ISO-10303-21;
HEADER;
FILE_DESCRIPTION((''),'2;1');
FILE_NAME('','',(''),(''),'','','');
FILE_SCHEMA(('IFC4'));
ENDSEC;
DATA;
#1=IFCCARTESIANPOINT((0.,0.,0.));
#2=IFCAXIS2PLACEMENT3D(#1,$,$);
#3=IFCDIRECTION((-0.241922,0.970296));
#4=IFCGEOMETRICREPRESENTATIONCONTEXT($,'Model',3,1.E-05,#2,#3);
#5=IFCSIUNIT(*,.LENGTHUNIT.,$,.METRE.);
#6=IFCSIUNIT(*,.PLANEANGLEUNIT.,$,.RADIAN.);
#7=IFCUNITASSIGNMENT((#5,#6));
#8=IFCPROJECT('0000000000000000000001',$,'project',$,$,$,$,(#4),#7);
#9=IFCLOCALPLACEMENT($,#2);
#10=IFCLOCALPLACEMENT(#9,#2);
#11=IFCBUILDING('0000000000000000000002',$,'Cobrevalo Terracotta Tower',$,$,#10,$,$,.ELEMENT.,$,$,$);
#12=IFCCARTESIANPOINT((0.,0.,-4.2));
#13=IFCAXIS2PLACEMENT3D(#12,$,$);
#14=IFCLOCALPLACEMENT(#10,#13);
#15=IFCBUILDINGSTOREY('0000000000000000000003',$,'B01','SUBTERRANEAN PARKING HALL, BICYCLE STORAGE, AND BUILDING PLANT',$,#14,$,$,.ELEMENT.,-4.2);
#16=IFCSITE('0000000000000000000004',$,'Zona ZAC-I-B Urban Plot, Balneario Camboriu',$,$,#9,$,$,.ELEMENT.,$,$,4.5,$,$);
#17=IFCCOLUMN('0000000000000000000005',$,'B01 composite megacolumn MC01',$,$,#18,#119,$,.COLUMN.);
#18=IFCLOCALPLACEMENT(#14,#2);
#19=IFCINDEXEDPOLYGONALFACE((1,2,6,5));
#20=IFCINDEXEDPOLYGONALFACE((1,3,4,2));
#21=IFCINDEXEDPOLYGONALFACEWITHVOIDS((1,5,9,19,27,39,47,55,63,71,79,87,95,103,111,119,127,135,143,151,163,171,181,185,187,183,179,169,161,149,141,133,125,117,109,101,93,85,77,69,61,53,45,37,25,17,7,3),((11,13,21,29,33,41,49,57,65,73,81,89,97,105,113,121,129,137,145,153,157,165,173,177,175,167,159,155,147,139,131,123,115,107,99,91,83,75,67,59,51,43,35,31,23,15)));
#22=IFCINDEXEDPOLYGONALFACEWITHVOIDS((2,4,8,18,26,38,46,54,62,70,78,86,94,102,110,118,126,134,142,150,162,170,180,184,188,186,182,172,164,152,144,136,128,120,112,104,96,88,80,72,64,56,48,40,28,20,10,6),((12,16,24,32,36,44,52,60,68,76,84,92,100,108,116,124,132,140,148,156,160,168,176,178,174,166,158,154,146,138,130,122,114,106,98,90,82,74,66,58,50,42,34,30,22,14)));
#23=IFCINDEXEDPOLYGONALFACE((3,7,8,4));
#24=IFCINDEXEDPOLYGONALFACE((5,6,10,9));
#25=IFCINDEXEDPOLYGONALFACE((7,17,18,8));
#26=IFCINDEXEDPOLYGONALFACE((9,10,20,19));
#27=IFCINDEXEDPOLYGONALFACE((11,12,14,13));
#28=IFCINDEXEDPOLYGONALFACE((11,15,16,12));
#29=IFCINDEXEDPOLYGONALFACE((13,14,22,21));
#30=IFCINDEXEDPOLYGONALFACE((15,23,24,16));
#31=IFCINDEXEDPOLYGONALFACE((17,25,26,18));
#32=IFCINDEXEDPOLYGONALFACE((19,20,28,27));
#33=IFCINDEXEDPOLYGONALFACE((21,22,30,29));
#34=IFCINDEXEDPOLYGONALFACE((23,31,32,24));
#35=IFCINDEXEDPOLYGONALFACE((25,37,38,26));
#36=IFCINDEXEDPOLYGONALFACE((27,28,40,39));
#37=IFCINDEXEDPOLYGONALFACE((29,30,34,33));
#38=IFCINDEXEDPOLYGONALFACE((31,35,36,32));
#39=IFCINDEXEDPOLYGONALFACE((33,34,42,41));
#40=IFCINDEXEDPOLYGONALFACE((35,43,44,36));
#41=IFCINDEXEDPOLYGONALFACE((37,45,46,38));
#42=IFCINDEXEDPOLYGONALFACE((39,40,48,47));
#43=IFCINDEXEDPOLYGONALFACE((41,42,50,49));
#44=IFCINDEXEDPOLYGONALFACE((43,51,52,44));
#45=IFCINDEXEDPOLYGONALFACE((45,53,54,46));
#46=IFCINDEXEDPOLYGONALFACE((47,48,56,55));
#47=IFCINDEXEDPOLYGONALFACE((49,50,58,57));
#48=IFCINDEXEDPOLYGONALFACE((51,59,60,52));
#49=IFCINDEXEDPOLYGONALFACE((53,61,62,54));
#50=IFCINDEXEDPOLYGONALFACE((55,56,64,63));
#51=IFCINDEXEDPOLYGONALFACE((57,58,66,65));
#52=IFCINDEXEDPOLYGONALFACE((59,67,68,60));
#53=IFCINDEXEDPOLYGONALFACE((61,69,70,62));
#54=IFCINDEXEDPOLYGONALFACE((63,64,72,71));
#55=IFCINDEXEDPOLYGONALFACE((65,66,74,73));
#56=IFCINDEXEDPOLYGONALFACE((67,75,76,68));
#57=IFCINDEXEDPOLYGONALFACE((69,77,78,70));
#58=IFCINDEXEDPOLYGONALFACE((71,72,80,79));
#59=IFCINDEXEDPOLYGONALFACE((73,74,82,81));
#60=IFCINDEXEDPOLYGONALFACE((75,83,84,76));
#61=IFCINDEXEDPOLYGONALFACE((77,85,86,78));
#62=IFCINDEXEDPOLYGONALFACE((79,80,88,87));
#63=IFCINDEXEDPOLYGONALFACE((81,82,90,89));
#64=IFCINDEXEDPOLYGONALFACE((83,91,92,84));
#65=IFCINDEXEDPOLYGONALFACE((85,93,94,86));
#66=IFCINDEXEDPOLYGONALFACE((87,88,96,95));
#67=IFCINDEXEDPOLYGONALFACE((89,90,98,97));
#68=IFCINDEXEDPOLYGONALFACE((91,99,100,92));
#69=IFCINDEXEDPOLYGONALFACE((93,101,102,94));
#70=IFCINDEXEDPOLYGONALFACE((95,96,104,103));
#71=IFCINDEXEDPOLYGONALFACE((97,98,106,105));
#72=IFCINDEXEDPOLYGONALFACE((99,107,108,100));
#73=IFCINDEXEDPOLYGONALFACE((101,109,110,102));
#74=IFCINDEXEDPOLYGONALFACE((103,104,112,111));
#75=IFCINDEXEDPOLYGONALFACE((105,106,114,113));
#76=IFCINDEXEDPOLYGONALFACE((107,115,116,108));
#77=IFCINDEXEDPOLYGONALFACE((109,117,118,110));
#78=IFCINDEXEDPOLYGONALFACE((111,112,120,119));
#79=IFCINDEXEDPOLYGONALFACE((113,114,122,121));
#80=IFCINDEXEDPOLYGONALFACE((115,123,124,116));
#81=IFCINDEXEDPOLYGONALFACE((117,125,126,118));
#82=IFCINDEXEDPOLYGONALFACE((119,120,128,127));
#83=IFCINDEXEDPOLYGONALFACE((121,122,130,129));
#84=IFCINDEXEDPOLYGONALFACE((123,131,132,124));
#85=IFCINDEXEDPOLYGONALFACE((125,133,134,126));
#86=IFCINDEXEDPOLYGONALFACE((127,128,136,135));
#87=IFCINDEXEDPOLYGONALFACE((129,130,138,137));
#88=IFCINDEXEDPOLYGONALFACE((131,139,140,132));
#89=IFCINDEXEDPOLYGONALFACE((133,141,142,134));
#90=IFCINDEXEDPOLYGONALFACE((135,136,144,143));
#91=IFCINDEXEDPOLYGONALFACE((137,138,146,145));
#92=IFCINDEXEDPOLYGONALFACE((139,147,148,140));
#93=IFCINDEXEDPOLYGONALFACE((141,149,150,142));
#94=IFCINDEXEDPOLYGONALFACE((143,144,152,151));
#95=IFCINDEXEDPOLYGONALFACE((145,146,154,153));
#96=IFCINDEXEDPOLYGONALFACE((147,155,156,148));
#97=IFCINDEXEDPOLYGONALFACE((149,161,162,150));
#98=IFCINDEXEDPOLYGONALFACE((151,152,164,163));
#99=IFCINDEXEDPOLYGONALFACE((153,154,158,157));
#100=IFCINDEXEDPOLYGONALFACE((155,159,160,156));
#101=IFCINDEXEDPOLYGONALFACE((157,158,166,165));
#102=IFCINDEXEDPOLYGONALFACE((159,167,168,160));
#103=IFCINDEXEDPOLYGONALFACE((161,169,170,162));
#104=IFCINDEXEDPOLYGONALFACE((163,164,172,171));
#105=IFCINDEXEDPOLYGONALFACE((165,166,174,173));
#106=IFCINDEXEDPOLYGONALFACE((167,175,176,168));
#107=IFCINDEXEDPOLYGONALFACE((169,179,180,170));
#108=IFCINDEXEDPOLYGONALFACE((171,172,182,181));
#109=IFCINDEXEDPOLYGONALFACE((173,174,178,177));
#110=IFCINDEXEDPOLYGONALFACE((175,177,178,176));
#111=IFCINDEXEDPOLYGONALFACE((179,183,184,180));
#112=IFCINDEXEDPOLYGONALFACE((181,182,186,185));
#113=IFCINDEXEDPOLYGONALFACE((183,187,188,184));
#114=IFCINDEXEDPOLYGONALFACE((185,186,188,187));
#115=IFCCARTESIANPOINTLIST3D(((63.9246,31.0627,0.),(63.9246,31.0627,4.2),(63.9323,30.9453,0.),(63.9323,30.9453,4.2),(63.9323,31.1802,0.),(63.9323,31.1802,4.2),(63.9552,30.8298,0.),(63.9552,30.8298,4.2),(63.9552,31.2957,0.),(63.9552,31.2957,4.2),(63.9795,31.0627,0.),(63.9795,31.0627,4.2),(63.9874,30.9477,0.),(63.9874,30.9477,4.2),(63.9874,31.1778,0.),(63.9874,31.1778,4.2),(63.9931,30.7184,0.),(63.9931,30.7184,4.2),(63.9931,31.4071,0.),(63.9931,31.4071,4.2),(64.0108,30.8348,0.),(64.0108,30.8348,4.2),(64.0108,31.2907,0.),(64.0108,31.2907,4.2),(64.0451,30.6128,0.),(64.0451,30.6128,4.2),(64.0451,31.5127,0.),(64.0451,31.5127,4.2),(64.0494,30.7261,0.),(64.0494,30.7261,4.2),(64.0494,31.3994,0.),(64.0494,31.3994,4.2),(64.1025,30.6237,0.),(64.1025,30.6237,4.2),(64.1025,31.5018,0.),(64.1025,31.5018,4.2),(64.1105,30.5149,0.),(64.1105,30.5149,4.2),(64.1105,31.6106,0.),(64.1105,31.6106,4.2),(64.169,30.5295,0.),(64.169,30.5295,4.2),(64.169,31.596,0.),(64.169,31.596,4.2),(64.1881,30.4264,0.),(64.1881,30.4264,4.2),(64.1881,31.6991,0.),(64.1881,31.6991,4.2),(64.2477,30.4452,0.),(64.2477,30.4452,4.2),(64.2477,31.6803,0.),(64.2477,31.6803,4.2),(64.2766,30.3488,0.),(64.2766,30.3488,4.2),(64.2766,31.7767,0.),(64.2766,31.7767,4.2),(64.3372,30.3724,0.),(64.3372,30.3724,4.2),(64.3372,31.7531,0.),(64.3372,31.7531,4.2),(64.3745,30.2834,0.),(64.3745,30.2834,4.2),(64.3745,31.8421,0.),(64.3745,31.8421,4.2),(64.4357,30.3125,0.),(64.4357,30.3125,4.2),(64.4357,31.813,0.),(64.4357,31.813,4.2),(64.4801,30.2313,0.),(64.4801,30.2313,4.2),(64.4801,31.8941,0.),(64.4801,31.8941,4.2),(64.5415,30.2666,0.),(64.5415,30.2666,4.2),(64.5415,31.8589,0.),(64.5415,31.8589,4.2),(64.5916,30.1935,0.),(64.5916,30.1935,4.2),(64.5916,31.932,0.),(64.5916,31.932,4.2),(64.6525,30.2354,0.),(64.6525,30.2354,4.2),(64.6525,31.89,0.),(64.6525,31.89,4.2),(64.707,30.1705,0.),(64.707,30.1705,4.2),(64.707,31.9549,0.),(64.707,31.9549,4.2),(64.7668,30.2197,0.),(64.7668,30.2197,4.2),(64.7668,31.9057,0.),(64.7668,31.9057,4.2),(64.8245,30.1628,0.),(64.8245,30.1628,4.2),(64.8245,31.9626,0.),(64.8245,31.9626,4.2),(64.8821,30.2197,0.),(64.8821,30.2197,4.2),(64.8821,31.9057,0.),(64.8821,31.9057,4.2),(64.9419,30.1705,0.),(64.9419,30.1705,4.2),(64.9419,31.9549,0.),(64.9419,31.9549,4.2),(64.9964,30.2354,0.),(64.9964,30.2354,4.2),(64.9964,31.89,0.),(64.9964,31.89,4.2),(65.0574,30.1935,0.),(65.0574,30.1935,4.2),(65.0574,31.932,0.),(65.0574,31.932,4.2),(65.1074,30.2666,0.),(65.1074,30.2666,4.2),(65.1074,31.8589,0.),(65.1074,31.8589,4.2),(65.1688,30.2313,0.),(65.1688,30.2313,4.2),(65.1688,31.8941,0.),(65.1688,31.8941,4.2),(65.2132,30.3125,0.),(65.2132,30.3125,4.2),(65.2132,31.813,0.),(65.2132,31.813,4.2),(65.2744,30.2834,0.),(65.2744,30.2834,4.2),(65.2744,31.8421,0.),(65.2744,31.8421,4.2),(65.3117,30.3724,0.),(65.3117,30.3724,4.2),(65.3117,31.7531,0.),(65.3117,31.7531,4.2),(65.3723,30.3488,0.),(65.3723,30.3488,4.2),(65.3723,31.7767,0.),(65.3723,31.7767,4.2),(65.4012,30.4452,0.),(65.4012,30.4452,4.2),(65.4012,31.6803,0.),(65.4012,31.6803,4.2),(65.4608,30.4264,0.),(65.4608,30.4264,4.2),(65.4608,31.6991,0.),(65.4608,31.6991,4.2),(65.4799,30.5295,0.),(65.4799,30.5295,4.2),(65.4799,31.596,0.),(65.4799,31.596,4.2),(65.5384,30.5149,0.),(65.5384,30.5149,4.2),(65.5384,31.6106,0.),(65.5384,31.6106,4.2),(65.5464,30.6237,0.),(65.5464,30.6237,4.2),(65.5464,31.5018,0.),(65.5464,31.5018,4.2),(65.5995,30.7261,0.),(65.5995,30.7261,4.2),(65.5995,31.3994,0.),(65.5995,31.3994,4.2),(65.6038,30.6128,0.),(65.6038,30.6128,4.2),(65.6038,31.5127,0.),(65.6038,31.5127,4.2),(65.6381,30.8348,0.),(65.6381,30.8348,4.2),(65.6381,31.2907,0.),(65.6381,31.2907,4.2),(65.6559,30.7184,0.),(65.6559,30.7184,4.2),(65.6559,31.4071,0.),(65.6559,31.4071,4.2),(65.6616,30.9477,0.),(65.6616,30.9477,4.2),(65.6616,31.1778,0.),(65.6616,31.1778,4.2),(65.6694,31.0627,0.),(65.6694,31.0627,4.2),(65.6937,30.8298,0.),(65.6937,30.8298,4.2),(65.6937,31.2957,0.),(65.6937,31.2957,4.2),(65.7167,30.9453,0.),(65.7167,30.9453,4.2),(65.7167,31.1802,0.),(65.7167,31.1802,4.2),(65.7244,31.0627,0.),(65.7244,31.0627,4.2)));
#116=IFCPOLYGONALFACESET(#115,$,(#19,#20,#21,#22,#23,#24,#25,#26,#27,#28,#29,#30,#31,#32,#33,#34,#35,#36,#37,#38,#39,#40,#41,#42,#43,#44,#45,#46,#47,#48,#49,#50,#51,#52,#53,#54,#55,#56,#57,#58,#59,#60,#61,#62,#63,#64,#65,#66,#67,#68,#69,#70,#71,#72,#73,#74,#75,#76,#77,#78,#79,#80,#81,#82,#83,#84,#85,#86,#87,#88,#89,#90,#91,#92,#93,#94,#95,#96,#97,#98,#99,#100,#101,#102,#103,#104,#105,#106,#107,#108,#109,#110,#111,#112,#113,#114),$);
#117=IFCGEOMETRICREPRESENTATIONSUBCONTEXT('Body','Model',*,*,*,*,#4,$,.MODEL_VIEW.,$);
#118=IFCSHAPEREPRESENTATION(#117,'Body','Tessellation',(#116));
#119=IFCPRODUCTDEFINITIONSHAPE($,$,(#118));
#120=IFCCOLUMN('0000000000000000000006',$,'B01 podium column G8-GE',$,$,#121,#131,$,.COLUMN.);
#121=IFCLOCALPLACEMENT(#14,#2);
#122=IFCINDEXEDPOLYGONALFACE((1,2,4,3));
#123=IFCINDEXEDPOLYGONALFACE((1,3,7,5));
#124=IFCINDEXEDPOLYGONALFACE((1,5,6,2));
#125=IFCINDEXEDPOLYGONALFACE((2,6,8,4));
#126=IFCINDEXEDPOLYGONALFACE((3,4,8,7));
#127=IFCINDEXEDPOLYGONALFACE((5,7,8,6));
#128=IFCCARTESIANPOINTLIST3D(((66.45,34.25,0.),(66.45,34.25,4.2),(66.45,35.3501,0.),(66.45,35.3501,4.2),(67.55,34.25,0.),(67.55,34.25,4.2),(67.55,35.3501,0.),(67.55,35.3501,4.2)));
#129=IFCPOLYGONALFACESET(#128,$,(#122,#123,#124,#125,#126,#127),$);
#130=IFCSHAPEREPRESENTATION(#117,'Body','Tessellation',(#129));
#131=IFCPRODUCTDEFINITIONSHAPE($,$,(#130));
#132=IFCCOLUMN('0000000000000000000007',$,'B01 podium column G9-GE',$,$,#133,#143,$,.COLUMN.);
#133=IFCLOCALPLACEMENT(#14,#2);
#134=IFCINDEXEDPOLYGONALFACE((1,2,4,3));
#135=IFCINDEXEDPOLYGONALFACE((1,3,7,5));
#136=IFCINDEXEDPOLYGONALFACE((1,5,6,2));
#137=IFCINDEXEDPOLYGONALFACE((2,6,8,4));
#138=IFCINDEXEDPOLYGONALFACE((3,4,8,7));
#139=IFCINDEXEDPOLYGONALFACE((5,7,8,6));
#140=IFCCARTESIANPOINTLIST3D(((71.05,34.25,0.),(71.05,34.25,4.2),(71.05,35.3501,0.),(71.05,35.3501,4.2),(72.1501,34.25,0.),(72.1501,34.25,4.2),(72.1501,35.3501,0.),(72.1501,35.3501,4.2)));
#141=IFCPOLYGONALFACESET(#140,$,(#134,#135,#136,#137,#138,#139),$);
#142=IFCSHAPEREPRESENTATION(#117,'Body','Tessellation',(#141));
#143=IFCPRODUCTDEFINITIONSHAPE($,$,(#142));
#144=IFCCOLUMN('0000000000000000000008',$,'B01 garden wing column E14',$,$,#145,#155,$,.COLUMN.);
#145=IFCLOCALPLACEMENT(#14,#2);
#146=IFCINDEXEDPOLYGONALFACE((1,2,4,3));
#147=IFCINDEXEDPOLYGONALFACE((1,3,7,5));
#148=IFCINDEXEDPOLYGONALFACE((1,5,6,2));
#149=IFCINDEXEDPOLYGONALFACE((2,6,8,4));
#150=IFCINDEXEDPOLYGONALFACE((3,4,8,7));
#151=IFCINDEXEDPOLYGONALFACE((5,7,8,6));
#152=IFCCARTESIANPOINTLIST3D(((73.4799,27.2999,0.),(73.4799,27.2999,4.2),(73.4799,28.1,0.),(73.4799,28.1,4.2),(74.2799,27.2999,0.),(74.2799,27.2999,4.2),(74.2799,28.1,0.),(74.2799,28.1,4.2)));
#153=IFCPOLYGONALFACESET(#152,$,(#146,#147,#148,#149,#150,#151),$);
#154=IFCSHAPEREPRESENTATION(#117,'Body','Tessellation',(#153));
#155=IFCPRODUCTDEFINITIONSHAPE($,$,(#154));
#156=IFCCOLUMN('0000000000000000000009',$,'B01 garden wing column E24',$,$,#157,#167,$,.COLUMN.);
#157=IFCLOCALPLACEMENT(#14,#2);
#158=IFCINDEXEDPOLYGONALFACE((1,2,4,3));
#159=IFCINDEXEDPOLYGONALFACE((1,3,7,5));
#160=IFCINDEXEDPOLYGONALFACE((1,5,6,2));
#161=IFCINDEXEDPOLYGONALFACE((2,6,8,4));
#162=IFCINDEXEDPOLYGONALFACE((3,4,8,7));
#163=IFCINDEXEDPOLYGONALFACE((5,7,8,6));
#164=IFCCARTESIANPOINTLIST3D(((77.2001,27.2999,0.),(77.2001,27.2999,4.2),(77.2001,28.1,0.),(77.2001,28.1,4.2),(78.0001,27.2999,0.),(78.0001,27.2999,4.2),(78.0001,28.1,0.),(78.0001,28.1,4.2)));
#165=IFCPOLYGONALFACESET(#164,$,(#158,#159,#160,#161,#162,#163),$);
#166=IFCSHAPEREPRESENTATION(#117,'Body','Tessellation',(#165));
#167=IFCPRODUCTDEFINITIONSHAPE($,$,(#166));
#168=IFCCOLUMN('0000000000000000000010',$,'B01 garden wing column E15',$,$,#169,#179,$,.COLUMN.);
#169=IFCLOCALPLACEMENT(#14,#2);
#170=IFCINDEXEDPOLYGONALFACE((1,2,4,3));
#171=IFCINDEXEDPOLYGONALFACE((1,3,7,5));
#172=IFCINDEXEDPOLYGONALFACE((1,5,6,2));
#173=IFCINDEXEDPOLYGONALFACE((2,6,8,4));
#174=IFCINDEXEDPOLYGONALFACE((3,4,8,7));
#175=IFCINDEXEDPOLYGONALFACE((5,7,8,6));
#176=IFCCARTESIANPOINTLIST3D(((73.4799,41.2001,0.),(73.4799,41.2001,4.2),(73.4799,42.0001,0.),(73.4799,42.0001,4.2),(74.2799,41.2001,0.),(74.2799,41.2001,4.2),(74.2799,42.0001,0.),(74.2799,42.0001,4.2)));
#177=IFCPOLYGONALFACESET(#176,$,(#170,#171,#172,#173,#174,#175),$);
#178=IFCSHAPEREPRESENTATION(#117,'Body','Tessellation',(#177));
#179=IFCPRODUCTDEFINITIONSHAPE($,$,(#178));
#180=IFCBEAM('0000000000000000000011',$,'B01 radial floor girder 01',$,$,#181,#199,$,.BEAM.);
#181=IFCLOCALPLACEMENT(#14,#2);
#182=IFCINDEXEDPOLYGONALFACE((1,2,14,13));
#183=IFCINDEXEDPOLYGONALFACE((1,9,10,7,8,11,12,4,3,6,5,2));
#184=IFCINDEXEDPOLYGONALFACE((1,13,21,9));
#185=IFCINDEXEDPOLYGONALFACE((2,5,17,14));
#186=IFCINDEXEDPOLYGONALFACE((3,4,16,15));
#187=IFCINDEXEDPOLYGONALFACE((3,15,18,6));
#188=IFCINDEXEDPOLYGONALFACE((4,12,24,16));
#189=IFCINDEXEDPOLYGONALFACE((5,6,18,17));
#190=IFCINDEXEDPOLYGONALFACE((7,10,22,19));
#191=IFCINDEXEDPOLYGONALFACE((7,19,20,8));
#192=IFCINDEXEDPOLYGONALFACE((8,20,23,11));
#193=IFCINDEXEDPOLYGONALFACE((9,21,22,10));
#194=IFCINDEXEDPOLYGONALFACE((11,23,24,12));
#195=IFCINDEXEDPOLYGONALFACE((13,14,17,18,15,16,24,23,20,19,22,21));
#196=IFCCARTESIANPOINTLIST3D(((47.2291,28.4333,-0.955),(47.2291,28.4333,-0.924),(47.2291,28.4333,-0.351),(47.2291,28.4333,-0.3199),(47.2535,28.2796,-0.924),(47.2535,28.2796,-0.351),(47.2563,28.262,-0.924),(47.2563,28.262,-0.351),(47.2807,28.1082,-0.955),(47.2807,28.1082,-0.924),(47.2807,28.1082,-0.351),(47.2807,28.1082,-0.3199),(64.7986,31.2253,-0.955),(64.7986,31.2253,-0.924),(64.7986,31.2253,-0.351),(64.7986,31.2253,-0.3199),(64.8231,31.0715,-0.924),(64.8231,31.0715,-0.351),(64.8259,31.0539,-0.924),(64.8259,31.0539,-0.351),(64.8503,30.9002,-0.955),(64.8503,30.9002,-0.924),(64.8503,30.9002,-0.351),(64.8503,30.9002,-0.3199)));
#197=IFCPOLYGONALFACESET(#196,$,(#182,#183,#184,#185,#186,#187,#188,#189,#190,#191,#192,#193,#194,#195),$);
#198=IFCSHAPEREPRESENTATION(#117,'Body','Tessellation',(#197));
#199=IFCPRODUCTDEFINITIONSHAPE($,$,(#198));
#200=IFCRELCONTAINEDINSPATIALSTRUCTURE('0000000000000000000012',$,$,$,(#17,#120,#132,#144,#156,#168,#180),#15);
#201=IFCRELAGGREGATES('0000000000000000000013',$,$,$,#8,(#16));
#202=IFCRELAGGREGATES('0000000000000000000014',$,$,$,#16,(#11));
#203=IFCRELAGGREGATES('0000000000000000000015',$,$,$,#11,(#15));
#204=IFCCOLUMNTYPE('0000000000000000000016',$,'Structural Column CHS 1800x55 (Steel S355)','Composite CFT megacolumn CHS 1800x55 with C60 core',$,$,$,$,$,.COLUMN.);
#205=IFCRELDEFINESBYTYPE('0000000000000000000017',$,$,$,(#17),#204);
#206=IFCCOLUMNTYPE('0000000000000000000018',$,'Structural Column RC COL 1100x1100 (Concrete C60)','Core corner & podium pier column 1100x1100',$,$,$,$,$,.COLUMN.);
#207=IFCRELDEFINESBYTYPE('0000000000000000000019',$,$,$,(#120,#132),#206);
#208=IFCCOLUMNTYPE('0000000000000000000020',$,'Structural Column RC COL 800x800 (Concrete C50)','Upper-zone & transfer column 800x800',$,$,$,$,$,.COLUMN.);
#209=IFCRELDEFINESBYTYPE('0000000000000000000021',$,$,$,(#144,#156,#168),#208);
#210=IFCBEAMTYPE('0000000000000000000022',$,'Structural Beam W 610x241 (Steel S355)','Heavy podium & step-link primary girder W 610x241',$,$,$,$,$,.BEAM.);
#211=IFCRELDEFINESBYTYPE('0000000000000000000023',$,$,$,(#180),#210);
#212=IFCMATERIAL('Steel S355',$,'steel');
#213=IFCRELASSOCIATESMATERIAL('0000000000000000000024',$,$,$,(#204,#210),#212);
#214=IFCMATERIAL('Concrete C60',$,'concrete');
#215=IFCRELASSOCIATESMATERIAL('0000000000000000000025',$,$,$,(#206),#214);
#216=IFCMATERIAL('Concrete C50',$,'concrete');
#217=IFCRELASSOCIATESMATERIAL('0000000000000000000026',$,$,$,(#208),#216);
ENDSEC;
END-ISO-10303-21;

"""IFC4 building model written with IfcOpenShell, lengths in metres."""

from ifc_helpers import new_model, si_unit, direction, frame, origin, origin_2d, place, context, subcontext, project, spatial, rectangle, hollow_circle, i_section, extrude, material, material_profile, profile_set, type_object, element, save


model = new_model("IFC4")

# Units and contexts
model_context = context("Model", 3, precision=1e-05, world=origin(), true_north=direction((-0.241922, 0.970296)))
body_context = subcontext(model_context, "Body", "Model", "MODEL_VIEW")
ifc_project = project(units=[si_unit("LENGTHUNIT", "METRE"), si_unit("PLANEANGLEUNIT", "RADIAN")], contexts=[model_context])

# Site, building, storey
site_placement = place(None, origin())
site = spatial("IfcSite", under=ifc_project, at=site_placement, Name="Zona ZAC-I-B Urban Plot, Balneario Camboriu", CompositionType="ELEMENT", RefElevation=4.5)
building_placement = place(site_placement, origin())
building = spatial("IfcBuilding", under=site, at=building_placement, Name="Cobrevalo Terracotta Tower", CompositionType="ELEMENT")
storey_placement = place(building_placement, frame((0.0, 0.0, -4.2)))
storey = spatial("IfcBuildingStorey", under=building, at=storey_placement, Name="B01", Description="SUBTERRANEAN PARKING HALL, BICYCLE STORAGE, AND BUILDING PLANT", CompositionType="ELEMENT", Elevation=-4.2)

# Columns
ifc_material_1 = material(Name="Steel S355", Category="steel")
ifc_material_profile_1 = material_profile(ifc_material_1, hollow_circle(Radius=0.8999, WallThickness=0.0549, at=origin_2d()), Name="CHS 1800x55")
ifc_profile_set_1 = profile_set([ifc_material_profile_1], Name="Steel S355")
column_type_1 = type_object("IfcColumnType", Name="Structural Column CHS 1800x55 (Steel S355)", Description="Composite CFT megacolumn CHS 1800x55 with C60 core", PredefinedType="COLUMN", material=ifc_profile_set_1)
column_placement = place(storey_placement, frame((64.8245, 31.0627, 0.0), z_axis=(0.0, 0.0, 1.0), x_axis=(1.0, 0.0, 0.0)))
element("IfcColumn", 1, at=column_placement, inside=storey, type_object=column_type_1, Name="B01 composite megacolumn MC01", PredefinedType="COLUMN", context=body_context, shape_type="SweptSolid", body=[
    extrude(hollow_circle(Radius=0.8999, WallThickness=0.0549, at=origin_2d()), origin(), (0.0, 0.0, 1.0), 4.2),
])
ifc_material_2 = material(Name="Concrete C60", Category="concrete")
ifc_material_profile_2 = material_profile(ifc_material_2, rectangle(XDim=1.1001, YDim=1.1001, at=origin_2d()), Name="RC COL 1100x1100")
ifc_profile_set_2 = profile_set([ifc_material_profile_2], Name="Concrete C60")
column_type_2 = type_object("IfcColumnType", Name="Structural Column RC COL 1100x1100 (Concrete C60)", Description="Core corner & podium pier column 1100x1100", PredefinedType="COLUMN", material=ifc_profile_set_2)
for number, where, z_axis, x_axis, name in (
    (2, (67.0, 34.8, 0.0), (0.0, 0.0, 1.0), (1.0, 0.0, 0.0), "B01 podium column G8-GE"),
    (3, (71.6001, 34.8, 0.0), (0.0, 0.0, 1.0), (1.0, 0.0, 0.0), "B01 podium column G9-GE"),
):
    element("IfcColumn", number, at=place(storey_placement, frame(where, z_axis=z_axis, x_axis=x_axis)), inside=storey, type_object=column_type_2, Name=name, PredefinedType="COLUMN", context=body_context, shape_type="SweptSolid", body=[
        extrude(rectangle(XDim=1.1001, YDim=1.1001, at=origin_2d()), origin(), (0.0, 0.0, 1.0), 4.2),
    ])
ifc_material_3 = material(Name="Concrete C50", Category="concrete")
ifc_material_profile_3 = material_profile(ifc_material_3, rectangle(XDim=0.8, YDim=0.8, at=origin_2d()), Name="RC COL 800x800")
ifc_profile_set_3 = profile_set([ifc_material_profile_3], Name="Concrete C50")
column_type_3 = type_object("IfcColumnType", Name="Structural Column RC COL 800x800 (Concrete C50)", Description="Upper-zone & transfer column 800x800", PredefinedType="COLUMN", material=ifc_profile_set_3)
for number, where, z_axis, x_axis, name in (
    (4, (73.8799, 27.7, 0.0), (0.0, 0.0, 1.0), (1.0, 0.0, 0.0), "B01 garden wing column E14"),
    (5, (77.6001, 27.7, 0.0), (0.0, 0.0, 1.0), (1.0, 0.0, 0.0), "B01 garden wing column E24"),
    (6, (73.8799, 41.6001, 0.0), (0.0, 0.0, 1.0), (1.0, 0.0, 0.0), "B01 garden wing column E15"),
):
    element("IfcColumn", number, at=place(storey_placement, frame(where, z_axis=z_axis, x_axis=x_axis)), inside=storey, type_object=column_type_3, Name=name, PredefinedType="COLUMN", context=body_context, shape_type="SweptSolid", body=[
        extrude(rectangle(XDim=0.8, YDim=0.8, at=origin_2d()), origin(), (0.0, 0.0, 1.0), 4.2),
    ])

# Beam
ifc_material_profile_4 = material_profile(ifc_material_1, i_section(OverallWidth=0.3291, OverallDepth=0.635, WebThickness=0.0178, FlangeThickness=0.031, at=origin_2d()), Name="W 610x241")
ifc_profile_set_4 = profile_set([ifc_material_profile_4], Name="Steel S355")
beam_type_1 = type_object("IfcBeamType", Name="Structural Beam W 610x241 (Steel S355)", Description="Heavy podium & step-link primary girder W 610x241", PredefinedType="BEAM", material=ifc_profile_set_4)
beam_1_placement = place(storey_placement, frame((64.8245, 31.0627, -0.6375), z_axis=(-0.987608, -0.156941, 0.0), x_axis=(0.156941, -0.987608, 0.0)))
element("IfcBeam", 7, at=beam_1_placement, inside=storey, type_object=beam_type_1, Name="B01 radial floor girder 01", PredefinedType="BEAM", context=body_context, shape_type="SweptSolid", body=[
    extrude(i_section(OverallWidth=0.3291, OverallDepth=0.635, WebThickness=0.0178, FlangeThickness=0.031, at=origin_2d()), origin(), (0.0, 0.0, 1.0), 17.79),
])

save(model, "model.ifc")
